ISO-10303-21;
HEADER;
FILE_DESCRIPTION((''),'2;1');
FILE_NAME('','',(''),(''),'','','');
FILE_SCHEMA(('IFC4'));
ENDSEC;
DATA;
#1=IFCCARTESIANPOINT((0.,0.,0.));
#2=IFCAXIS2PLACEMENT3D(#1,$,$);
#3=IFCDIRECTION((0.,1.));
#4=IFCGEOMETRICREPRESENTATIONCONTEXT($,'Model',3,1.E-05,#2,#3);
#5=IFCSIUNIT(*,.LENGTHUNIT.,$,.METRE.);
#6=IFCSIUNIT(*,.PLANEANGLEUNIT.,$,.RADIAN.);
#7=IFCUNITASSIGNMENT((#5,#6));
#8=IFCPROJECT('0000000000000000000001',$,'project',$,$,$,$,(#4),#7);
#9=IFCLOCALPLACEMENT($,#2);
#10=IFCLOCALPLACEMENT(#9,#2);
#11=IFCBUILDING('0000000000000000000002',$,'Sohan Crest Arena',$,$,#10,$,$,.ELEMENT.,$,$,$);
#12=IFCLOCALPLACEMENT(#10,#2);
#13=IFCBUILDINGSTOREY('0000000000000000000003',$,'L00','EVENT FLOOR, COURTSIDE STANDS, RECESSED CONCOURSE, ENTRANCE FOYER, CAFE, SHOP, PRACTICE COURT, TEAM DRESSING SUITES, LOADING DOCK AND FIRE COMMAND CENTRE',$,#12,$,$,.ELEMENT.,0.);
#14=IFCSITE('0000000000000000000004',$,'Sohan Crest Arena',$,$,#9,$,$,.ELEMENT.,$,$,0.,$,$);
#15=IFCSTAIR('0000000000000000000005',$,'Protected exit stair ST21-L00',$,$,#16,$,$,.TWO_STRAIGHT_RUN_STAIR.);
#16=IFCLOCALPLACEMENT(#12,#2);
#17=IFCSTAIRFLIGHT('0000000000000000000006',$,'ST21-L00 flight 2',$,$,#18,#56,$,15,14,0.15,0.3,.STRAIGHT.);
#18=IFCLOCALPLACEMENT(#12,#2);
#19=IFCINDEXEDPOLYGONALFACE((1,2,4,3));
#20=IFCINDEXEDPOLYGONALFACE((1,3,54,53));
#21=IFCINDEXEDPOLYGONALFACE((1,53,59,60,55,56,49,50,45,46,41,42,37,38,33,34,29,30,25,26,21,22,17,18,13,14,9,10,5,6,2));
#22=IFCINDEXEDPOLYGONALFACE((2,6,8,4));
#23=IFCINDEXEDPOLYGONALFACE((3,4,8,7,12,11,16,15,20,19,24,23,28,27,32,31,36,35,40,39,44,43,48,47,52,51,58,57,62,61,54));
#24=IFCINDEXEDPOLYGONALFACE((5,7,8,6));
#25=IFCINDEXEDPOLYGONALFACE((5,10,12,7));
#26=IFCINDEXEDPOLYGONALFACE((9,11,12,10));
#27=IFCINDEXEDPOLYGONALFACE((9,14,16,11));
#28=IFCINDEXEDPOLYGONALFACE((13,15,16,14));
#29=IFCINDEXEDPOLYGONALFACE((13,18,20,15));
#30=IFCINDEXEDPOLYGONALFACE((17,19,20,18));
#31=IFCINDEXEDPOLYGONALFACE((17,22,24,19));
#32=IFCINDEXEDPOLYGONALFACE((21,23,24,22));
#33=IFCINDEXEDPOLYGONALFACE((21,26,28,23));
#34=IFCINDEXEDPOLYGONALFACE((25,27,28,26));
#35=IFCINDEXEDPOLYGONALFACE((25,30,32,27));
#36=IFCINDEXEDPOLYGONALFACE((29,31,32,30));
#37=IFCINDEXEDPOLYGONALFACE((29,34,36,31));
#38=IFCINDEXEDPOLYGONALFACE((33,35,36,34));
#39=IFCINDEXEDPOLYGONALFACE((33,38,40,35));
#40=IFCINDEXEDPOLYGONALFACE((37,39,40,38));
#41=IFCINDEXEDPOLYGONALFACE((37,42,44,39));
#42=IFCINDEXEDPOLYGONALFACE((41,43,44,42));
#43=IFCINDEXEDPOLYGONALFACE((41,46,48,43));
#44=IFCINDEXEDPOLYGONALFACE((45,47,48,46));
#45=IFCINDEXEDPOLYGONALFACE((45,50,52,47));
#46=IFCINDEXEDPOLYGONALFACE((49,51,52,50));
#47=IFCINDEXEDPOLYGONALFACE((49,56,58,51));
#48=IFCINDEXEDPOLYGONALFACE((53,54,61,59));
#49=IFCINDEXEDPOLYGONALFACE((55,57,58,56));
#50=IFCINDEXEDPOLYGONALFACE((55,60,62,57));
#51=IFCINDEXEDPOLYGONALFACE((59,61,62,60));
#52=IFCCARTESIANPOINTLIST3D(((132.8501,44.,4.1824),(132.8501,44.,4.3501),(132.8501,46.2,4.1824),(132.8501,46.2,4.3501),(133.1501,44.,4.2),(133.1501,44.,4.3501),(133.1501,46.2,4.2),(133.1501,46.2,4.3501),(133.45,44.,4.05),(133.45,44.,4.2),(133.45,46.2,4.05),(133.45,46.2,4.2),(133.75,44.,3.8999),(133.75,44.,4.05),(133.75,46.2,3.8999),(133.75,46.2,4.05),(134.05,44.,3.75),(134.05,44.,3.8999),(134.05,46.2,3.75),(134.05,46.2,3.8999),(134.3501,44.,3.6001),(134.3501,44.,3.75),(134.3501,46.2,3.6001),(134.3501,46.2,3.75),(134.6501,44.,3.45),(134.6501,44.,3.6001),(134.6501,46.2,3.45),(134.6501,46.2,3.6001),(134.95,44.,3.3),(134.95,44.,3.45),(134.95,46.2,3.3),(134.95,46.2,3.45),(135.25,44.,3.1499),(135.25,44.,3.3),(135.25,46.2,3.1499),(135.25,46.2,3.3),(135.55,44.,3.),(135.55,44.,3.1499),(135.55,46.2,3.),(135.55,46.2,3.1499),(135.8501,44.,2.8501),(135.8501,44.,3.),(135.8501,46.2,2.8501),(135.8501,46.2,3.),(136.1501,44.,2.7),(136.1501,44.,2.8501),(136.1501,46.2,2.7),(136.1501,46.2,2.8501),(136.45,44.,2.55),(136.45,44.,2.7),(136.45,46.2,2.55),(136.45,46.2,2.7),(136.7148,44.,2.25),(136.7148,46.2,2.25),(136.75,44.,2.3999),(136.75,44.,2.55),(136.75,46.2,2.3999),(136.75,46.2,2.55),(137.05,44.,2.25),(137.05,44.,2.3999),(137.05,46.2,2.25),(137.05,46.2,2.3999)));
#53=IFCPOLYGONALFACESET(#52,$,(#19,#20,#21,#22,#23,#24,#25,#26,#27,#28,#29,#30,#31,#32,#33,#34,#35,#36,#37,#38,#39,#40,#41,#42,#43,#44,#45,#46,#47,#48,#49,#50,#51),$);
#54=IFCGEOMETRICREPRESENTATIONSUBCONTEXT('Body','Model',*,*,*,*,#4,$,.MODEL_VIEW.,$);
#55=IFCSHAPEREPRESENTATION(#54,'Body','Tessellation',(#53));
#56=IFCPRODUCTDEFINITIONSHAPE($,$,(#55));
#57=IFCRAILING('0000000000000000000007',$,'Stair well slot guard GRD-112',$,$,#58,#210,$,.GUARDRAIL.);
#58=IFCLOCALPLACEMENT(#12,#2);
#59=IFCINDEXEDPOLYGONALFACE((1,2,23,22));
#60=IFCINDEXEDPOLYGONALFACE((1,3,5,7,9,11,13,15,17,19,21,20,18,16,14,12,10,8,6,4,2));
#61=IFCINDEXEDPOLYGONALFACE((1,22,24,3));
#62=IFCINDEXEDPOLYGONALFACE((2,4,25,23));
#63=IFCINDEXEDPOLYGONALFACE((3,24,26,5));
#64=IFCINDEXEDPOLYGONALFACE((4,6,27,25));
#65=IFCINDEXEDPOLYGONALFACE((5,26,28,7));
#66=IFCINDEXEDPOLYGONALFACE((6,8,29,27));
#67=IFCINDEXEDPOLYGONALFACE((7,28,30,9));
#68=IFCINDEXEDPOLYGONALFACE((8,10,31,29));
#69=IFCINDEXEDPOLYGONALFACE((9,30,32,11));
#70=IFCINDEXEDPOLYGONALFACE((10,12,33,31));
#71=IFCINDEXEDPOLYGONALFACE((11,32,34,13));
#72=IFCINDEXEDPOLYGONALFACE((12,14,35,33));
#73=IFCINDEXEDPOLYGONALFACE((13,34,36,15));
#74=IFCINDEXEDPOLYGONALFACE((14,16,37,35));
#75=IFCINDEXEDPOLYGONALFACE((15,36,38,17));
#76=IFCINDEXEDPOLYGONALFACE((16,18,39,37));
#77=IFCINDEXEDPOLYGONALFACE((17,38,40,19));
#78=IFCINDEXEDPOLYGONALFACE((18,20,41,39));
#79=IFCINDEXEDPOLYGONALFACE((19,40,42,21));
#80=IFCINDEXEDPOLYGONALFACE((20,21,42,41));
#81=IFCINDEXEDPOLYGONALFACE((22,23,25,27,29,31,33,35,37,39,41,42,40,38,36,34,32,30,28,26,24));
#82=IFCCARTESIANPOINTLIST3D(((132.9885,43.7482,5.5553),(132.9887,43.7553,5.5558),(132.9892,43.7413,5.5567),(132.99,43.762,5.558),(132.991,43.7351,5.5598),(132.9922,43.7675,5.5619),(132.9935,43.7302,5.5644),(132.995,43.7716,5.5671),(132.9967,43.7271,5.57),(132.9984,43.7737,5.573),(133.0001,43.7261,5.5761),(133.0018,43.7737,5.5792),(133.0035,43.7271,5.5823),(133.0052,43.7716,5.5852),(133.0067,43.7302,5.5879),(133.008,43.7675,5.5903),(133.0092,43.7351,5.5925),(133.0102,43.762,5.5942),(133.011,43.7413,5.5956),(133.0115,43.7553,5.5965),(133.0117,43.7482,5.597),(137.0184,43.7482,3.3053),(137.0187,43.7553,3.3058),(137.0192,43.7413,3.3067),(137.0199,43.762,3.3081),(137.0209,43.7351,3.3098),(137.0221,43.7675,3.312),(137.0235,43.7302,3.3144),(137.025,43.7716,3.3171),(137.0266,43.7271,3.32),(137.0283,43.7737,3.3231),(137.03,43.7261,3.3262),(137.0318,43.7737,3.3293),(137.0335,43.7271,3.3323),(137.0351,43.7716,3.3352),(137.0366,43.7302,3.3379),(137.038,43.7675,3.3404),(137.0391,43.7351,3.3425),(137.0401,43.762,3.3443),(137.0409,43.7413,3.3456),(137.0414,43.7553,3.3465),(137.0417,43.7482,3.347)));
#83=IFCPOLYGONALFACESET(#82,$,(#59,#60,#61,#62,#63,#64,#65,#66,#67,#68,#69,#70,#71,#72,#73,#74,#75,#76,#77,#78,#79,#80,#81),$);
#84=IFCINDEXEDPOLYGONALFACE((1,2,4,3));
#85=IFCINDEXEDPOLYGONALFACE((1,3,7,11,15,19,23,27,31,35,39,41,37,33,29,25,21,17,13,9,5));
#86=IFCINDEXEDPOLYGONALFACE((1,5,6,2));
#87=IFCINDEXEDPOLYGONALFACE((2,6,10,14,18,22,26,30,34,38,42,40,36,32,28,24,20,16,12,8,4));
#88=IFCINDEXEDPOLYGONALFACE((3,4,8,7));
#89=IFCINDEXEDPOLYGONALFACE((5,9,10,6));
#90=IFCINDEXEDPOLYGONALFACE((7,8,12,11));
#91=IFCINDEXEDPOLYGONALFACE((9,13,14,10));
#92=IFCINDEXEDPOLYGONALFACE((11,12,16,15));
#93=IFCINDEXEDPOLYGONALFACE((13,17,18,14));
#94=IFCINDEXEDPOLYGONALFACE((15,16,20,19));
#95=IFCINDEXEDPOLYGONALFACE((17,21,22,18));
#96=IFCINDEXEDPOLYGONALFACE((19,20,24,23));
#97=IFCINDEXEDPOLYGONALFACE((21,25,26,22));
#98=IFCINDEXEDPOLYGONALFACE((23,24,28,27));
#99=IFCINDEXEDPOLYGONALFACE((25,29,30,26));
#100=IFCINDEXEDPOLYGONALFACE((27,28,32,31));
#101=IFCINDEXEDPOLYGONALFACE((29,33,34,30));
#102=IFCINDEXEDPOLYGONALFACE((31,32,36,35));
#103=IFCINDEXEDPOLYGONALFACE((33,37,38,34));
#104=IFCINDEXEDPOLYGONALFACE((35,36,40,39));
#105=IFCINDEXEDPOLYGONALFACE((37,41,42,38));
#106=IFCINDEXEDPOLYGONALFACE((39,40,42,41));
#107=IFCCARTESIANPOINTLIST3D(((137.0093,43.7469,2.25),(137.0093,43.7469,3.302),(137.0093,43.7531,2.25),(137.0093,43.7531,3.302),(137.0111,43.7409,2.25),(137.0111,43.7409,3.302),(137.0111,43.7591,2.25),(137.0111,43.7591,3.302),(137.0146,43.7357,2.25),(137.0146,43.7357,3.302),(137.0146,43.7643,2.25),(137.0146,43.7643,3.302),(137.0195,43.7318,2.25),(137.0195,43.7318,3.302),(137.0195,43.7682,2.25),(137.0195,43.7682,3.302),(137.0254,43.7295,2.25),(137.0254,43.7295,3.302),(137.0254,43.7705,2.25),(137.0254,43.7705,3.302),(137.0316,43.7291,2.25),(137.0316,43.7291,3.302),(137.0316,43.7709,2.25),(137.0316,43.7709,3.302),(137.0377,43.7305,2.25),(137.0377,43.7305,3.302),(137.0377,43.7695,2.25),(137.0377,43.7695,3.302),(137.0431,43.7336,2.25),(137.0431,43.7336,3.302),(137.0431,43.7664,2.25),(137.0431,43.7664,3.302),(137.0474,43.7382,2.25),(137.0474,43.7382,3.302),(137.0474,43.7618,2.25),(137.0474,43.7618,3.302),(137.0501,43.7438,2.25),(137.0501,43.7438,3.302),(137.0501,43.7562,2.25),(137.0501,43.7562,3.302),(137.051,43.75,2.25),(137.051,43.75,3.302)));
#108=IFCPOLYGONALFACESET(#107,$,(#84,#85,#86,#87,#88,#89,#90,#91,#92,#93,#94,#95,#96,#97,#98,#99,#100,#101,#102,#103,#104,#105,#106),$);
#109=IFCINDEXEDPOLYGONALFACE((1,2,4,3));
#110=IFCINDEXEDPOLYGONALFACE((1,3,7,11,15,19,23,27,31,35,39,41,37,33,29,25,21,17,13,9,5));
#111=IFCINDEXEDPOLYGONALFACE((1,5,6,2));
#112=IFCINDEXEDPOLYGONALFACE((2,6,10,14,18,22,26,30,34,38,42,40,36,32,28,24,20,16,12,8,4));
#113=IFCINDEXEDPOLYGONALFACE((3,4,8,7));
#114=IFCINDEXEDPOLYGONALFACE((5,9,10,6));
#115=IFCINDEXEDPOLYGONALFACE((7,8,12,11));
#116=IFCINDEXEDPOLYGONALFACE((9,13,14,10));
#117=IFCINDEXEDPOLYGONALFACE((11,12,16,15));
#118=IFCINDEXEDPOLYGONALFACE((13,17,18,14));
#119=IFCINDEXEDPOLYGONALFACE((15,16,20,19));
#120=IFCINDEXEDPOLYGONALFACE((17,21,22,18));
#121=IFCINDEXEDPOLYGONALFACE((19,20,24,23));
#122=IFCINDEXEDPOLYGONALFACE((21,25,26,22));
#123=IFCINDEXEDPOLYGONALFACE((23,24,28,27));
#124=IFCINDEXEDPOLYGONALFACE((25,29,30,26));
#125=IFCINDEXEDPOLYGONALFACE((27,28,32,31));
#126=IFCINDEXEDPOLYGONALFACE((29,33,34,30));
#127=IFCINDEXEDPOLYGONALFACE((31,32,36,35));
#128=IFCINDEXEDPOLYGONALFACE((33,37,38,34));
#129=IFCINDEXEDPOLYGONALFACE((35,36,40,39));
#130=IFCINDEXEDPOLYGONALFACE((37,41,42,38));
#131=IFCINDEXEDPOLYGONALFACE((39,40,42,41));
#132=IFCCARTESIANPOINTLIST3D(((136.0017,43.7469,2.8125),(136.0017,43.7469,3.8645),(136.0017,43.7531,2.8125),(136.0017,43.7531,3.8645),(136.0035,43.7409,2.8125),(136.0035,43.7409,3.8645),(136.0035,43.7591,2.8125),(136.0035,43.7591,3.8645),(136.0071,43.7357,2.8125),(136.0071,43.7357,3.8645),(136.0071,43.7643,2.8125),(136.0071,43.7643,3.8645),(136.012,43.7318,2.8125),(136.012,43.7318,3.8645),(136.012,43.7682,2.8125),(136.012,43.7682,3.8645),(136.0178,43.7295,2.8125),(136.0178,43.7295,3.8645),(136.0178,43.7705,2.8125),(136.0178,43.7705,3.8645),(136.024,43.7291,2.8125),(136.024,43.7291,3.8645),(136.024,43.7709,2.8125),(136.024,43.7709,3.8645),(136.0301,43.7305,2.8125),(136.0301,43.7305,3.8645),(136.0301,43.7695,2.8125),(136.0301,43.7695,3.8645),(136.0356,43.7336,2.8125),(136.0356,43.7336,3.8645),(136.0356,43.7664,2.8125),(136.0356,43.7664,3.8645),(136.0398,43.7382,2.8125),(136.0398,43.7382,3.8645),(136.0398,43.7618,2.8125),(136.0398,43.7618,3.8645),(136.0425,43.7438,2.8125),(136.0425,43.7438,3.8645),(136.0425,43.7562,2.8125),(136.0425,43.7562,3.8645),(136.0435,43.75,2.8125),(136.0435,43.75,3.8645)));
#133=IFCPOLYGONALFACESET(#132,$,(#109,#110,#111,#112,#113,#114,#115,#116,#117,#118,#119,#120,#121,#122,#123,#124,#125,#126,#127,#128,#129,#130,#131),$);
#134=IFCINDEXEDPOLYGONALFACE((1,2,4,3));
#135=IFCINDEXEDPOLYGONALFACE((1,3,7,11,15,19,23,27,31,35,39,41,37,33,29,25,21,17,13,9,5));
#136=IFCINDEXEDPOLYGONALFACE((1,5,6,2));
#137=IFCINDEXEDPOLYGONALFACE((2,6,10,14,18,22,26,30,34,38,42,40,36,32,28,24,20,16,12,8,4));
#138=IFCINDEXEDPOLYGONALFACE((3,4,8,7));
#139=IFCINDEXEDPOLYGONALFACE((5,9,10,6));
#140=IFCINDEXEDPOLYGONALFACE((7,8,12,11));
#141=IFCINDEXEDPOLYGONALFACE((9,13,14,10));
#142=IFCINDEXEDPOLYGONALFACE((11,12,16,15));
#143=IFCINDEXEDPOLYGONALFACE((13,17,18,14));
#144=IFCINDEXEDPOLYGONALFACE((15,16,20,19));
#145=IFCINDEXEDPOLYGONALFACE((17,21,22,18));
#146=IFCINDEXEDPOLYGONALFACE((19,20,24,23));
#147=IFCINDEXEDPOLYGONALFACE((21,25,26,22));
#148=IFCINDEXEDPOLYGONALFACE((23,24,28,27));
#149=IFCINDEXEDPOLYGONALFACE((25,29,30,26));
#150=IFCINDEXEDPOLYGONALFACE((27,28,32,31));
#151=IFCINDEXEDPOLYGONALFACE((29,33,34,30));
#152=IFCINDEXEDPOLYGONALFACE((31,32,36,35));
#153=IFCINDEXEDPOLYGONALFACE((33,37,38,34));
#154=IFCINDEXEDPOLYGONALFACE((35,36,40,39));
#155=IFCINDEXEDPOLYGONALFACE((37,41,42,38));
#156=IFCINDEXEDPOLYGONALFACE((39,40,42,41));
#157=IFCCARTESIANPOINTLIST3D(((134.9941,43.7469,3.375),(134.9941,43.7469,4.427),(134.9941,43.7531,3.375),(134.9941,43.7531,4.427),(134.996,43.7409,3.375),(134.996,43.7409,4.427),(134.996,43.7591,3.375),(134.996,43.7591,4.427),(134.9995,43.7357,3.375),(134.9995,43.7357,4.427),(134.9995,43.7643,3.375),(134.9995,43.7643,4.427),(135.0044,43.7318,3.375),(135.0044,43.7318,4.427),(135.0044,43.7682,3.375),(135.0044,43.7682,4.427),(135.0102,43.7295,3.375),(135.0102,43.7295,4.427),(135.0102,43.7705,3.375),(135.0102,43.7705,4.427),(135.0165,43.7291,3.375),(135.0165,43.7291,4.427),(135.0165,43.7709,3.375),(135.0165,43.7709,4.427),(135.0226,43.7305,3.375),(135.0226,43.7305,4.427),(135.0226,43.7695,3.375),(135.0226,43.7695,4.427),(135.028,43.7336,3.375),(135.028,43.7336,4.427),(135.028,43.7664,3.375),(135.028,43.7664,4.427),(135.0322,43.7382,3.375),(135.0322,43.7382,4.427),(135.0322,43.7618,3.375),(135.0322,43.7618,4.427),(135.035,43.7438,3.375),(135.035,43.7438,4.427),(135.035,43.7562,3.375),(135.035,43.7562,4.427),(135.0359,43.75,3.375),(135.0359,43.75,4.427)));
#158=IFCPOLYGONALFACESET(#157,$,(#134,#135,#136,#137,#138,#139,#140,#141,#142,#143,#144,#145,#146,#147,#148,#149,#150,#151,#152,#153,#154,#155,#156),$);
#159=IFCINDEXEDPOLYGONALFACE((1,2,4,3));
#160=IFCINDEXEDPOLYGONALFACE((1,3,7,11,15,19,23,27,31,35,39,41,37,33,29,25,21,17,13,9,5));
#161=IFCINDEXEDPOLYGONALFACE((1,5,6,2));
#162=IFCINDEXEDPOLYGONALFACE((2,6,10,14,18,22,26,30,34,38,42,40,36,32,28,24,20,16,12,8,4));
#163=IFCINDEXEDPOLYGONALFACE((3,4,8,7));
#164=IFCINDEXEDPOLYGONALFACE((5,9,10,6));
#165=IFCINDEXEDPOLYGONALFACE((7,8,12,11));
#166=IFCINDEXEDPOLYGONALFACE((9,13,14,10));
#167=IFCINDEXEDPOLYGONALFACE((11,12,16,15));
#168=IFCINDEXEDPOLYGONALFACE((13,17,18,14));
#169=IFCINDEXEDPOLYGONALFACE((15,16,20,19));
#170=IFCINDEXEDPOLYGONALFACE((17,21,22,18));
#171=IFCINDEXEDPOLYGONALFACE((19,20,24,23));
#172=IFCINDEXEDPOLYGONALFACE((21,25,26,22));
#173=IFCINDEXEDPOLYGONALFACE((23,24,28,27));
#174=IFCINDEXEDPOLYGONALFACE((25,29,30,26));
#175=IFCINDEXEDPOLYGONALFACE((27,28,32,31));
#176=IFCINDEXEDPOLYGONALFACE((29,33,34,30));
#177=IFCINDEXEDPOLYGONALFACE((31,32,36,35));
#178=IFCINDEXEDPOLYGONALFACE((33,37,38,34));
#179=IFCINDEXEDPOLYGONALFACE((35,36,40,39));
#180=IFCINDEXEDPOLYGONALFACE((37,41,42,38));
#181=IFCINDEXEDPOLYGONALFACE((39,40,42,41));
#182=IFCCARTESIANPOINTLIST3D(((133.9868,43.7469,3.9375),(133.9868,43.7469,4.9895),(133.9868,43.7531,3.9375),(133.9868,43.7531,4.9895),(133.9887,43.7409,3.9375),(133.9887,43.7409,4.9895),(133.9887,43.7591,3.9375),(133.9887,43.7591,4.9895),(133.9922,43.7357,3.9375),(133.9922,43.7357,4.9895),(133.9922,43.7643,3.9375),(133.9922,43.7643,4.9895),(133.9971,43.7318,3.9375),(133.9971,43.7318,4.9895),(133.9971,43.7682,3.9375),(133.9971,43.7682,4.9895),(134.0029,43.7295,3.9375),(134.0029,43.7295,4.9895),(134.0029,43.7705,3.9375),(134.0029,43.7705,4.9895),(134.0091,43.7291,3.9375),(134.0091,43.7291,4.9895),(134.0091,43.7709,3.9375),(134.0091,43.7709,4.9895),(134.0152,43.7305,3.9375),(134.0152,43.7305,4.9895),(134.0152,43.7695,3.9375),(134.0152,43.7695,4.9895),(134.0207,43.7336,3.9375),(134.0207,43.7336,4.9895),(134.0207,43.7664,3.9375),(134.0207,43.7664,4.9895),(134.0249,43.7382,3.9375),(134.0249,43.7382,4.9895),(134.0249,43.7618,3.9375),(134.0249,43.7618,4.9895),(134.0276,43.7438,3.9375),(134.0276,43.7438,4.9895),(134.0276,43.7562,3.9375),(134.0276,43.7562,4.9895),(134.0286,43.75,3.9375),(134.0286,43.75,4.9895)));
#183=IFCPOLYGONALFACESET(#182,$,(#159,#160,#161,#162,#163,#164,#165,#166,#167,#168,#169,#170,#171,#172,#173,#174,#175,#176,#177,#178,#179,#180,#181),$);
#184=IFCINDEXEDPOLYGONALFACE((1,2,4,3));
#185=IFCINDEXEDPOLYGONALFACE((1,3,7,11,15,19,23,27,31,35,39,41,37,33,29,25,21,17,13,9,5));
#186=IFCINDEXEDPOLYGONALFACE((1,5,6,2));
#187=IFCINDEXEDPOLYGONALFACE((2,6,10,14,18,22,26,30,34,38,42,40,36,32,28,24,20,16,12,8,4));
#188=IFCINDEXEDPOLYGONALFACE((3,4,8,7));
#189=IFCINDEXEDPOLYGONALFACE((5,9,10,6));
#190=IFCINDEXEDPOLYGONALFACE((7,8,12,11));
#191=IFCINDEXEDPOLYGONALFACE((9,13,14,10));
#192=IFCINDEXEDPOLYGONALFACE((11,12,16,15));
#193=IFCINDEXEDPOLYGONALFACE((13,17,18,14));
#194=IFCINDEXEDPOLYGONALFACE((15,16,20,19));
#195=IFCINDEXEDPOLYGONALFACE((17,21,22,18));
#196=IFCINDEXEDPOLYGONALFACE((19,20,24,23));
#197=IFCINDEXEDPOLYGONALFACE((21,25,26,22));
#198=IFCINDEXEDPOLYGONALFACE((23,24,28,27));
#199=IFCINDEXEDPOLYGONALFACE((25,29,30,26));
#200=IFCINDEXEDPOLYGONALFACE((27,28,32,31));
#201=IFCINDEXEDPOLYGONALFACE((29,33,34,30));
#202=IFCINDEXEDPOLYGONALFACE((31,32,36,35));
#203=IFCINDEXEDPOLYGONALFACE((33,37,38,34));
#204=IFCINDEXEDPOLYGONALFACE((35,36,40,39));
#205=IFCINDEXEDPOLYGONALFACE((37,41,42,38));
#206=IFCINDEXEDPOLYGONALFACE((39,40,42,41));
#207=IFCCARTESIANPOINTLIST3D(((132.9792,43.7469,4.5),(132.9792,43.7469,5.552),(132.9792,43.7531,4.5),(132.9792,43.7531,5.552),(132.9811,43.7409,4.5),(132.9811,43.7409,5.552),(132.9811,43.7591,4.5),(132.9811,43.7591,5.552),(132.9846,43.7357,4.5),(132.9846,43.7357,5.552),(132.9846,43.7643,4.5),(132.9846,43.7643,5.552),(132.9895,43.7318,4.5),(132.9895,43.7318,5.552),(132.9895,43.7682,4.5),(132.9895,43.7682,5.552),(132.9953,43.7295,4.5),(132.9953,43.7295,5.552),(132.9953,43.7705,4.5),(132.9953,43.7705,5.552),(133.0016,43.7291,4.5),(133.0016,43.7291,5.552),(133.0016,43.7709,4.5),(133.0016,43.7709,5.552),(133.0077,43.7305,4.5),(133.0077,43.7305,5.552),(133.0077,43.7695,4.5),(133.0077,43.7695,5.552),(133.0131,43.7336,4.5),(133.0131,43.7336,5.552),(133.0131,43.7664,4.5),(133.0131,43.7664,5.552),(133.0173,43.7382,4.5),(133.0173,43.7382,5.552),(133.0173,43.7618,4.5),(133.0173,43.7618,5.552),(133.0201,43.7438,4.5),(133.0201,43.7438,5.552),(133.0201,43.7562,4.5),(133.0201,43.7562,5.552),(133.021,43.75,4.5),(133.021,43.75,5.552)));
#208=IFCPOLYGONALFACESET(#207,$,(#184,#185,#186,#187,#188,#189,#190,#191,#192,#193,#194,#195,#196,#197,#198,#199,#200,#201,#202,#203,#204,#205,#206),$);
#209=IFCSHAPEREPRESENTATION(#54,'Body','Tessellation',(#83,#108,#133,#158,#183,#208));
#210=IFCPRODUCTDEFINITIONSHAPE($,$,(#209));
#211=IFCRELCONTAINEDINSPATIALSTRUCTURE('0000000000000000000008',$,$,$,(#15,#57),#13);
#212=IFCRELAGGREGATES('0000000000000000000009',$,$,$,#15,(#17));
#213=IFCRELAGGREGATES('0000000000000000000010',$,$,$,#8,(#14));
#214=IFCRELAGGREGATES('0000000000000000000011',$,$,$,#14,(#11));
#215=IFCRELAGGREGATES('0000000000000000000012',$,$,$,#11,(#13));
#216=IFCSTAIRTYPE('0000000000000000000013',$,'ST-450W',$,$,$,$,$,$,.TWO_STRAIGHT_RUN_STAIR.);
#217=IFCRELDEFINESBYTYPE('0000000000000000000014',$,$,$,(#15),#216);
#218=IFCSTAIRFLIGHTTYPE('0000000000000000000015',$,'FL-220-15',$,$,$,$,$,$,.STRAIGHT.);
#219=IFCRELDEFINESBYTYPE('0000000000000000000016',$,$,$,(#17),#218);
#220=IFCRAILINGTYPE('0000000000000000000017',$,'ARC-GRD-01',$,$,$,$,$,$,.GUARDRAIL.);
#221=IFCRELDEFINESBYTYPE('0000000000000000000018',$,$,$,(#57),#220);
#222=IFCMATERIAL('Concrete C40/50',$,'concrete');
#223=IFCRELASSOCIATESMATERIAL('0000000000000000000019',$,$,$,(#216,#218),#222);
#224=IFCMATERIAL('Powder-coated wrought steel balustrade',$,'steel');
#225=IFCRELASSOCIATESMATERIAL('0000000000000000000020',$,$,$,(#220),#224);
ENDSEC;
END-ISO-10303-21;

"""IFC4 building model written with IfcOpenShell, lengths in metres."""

from ifc_helpers import new_model, si_unit, direction, frame, origin, origin_2d, place, context, subcontext, project, spatial, polyline, circle, outline, extrude, material, type_object, element, aggregate, save


model = new_model("IFC4")

# Units and contexts
model_context = context("Model", 3, precision=1e-05, world=origin(), true_north=direction((0.0, 1.0)))
body_context = subcontext(model_context, "Body", "Model", "MODEL_VIEW")
ifc_project = project(units=[si_unit("LENGTHUNIT", "METRE"), si_unit("PLANEANGLEUNIT", "RADIAN")], contexts=[model_context])

# Site, building, storey
site_placement = place(None, origin())
site = spatial("IfcSite", under=ifc_project, at=site_placement, Name="Sohan Crest Arena", CompositionType="ELEMENT", RefElevation=0.0)
building_placement = place(site_placement, origin())
building = spatial("IfcBuilding", under=site, at=building_placement, Name="Sohan Crest Arena", CompositionType="ELEMENT")
storey_placement = place(building_placement, origin())
storey = spatial("IfcBuildingStorey", under=building, at=storey_placement, Name="L00", Description="EVENT FLOOR, COURTSIDE STANDS, RECESSED CONCOURSE, ENTRANCE FOYER, CAFE, SHOP, PRACTICE COURT, TEAM DRESSING SUITES, LOADING DOCK AND FIRE COMMAND CENTRE", CompositionType="ELEMENT", Elevation=0.0)

# Shared definitions
ifc_material_1 = material(Name="Concrete C40/50", Category="concrete")

# Stair, stair flight
stair_type = type_object("IfcStairType", Name="ST-450W", PredefinedType="TWO_STRAIGHT_RUN_STAIR", material=ifc_material_1)
stair_placement = place(storey_placement, origin())
stair = element("IfcStair", 1, at=stair_placement, inside=storey, type_object=stair_type, Name="Protected exit stair ST21-L00", PredefinedType="TWO_STRAIGHT_RUN_STAIR")
stair_flight_type = type_object("IfcStairFlightType", Name="FL-220-15", PredefinedType="STRAIGHT", material=ifc_material_1)
stair_flight_placement = place(storey_placement, frame((137.05, 45.1001, 2.25), z_axis=(0.0, 0.0, 1.0), x_axis=(-1.0, 0.0, 0.0)))
stair_flight = element("IfcStairFlight", 2, at=stair_flight_placement, type_object=stair_flight_type, Name="ST21-L00 flight 2", NumberOfRisers=15, NumberOfTreads=14, PredefinedType="STRAIGHT", RiserHeight=0.15, TreadLength=0.3, context=body_context, shape_type="SweptSolid", body=[
    extrude(outline(polyline([(0.0, 0.0), (0.0, 0.1499), (0.3, 0.1499), (0.3, 0.3), (0.6001, 0.3), (0.6001, 0.45), (0.8999, 0.45), (0.8999, 0.6001), (1.2, 0.6001), (1.2, 0.75), (1.5, 0.75), (1.5, 0.8999), (1.8, 0.8999), (1.8, 1.05), (2.1001, 1.05), (2.1001, 1.2), (2.3999, 1.2), (2.3999, 1.3501), (2.7, 1.3501), (2.7, 1.5), (3.0, 1.5), (3.0, 1.6499), (3.3, 1.6499), (3.3, 1.8), (3.6001, 1.8), (3.6001, 1.95), (3.8999, 1.95), (3.8999, 2.1001), (4.2, 2.1001), (4.2, 2.25), (4.2, 1.9324), (0.3352, 0.0), (0.0, 0.0)])), frame((0.0, 1.1001, 0.0), z_axis=(0.0, -1.0, 0.0), x_axis=(1.0, 0.0, 0.0)), (0.0, 0.0, 1.0), 2.2),
])
aggregate(stair, [stair_flight])

# Railing
ifc_material_2 = material(Name="Powder-coated wrought steel balustrade", Category="steel")
railing_type_1 = type_object("IfcRailingType", Name="ARC-GRD-01", PredefinedType="GUARDRAIL", material=ifc_material_2)
railing_1_placement = place(storey_placement, frame((137.03, 43.75, 2.25)))
element("IfcRailing", 3, at=railing_1_placement, inside=storey, type_object=railing_type_1, Name="Stair well slot guard GRD-112", PredefinedType="GUARDRAIL", context=body_context, shape_type="SweptSolid", body=[
    extrude(circle(Radius=0.0239, at=origin_2d()), frame((0.0, 0.0, 1.0762), z_axis=(-0.873135, 0.0, 0.487479), x_axis=(0.0, -1.0, 0.0)), (0.0, 0.0, 1.0), 4.6155),
    extrude(circle(Radius=0.021, at=origin_2d()), origin(), (0.0, 0.0, 1.0), 1.052),
    extrude(circle(Radius=0.021, at=origin_2d()), frame((-1.0076, 0.0, 0.5625)), (0.0, 0.0, 1.0), 1.052),
    extrude(circle(Radius=0.021, at=origin_2d()), frame((-2.0151, 0.0, 1.125)), (0.0, 0.0, 1.0), 1.052),
    extrude(circle(Radius=0.021, at=origin_2d()), frame((-3.0225, 0.0, 1.6875)), (0.0, 0.0, 1.0), 1.052),
    extrude(circle(Radius=0.021, at=origin_2d()), frame((-4.03, 0.0, 2.25)), (0.0, 0.0, 1.0), 1.052),
])

save(model, "model.ifc")
